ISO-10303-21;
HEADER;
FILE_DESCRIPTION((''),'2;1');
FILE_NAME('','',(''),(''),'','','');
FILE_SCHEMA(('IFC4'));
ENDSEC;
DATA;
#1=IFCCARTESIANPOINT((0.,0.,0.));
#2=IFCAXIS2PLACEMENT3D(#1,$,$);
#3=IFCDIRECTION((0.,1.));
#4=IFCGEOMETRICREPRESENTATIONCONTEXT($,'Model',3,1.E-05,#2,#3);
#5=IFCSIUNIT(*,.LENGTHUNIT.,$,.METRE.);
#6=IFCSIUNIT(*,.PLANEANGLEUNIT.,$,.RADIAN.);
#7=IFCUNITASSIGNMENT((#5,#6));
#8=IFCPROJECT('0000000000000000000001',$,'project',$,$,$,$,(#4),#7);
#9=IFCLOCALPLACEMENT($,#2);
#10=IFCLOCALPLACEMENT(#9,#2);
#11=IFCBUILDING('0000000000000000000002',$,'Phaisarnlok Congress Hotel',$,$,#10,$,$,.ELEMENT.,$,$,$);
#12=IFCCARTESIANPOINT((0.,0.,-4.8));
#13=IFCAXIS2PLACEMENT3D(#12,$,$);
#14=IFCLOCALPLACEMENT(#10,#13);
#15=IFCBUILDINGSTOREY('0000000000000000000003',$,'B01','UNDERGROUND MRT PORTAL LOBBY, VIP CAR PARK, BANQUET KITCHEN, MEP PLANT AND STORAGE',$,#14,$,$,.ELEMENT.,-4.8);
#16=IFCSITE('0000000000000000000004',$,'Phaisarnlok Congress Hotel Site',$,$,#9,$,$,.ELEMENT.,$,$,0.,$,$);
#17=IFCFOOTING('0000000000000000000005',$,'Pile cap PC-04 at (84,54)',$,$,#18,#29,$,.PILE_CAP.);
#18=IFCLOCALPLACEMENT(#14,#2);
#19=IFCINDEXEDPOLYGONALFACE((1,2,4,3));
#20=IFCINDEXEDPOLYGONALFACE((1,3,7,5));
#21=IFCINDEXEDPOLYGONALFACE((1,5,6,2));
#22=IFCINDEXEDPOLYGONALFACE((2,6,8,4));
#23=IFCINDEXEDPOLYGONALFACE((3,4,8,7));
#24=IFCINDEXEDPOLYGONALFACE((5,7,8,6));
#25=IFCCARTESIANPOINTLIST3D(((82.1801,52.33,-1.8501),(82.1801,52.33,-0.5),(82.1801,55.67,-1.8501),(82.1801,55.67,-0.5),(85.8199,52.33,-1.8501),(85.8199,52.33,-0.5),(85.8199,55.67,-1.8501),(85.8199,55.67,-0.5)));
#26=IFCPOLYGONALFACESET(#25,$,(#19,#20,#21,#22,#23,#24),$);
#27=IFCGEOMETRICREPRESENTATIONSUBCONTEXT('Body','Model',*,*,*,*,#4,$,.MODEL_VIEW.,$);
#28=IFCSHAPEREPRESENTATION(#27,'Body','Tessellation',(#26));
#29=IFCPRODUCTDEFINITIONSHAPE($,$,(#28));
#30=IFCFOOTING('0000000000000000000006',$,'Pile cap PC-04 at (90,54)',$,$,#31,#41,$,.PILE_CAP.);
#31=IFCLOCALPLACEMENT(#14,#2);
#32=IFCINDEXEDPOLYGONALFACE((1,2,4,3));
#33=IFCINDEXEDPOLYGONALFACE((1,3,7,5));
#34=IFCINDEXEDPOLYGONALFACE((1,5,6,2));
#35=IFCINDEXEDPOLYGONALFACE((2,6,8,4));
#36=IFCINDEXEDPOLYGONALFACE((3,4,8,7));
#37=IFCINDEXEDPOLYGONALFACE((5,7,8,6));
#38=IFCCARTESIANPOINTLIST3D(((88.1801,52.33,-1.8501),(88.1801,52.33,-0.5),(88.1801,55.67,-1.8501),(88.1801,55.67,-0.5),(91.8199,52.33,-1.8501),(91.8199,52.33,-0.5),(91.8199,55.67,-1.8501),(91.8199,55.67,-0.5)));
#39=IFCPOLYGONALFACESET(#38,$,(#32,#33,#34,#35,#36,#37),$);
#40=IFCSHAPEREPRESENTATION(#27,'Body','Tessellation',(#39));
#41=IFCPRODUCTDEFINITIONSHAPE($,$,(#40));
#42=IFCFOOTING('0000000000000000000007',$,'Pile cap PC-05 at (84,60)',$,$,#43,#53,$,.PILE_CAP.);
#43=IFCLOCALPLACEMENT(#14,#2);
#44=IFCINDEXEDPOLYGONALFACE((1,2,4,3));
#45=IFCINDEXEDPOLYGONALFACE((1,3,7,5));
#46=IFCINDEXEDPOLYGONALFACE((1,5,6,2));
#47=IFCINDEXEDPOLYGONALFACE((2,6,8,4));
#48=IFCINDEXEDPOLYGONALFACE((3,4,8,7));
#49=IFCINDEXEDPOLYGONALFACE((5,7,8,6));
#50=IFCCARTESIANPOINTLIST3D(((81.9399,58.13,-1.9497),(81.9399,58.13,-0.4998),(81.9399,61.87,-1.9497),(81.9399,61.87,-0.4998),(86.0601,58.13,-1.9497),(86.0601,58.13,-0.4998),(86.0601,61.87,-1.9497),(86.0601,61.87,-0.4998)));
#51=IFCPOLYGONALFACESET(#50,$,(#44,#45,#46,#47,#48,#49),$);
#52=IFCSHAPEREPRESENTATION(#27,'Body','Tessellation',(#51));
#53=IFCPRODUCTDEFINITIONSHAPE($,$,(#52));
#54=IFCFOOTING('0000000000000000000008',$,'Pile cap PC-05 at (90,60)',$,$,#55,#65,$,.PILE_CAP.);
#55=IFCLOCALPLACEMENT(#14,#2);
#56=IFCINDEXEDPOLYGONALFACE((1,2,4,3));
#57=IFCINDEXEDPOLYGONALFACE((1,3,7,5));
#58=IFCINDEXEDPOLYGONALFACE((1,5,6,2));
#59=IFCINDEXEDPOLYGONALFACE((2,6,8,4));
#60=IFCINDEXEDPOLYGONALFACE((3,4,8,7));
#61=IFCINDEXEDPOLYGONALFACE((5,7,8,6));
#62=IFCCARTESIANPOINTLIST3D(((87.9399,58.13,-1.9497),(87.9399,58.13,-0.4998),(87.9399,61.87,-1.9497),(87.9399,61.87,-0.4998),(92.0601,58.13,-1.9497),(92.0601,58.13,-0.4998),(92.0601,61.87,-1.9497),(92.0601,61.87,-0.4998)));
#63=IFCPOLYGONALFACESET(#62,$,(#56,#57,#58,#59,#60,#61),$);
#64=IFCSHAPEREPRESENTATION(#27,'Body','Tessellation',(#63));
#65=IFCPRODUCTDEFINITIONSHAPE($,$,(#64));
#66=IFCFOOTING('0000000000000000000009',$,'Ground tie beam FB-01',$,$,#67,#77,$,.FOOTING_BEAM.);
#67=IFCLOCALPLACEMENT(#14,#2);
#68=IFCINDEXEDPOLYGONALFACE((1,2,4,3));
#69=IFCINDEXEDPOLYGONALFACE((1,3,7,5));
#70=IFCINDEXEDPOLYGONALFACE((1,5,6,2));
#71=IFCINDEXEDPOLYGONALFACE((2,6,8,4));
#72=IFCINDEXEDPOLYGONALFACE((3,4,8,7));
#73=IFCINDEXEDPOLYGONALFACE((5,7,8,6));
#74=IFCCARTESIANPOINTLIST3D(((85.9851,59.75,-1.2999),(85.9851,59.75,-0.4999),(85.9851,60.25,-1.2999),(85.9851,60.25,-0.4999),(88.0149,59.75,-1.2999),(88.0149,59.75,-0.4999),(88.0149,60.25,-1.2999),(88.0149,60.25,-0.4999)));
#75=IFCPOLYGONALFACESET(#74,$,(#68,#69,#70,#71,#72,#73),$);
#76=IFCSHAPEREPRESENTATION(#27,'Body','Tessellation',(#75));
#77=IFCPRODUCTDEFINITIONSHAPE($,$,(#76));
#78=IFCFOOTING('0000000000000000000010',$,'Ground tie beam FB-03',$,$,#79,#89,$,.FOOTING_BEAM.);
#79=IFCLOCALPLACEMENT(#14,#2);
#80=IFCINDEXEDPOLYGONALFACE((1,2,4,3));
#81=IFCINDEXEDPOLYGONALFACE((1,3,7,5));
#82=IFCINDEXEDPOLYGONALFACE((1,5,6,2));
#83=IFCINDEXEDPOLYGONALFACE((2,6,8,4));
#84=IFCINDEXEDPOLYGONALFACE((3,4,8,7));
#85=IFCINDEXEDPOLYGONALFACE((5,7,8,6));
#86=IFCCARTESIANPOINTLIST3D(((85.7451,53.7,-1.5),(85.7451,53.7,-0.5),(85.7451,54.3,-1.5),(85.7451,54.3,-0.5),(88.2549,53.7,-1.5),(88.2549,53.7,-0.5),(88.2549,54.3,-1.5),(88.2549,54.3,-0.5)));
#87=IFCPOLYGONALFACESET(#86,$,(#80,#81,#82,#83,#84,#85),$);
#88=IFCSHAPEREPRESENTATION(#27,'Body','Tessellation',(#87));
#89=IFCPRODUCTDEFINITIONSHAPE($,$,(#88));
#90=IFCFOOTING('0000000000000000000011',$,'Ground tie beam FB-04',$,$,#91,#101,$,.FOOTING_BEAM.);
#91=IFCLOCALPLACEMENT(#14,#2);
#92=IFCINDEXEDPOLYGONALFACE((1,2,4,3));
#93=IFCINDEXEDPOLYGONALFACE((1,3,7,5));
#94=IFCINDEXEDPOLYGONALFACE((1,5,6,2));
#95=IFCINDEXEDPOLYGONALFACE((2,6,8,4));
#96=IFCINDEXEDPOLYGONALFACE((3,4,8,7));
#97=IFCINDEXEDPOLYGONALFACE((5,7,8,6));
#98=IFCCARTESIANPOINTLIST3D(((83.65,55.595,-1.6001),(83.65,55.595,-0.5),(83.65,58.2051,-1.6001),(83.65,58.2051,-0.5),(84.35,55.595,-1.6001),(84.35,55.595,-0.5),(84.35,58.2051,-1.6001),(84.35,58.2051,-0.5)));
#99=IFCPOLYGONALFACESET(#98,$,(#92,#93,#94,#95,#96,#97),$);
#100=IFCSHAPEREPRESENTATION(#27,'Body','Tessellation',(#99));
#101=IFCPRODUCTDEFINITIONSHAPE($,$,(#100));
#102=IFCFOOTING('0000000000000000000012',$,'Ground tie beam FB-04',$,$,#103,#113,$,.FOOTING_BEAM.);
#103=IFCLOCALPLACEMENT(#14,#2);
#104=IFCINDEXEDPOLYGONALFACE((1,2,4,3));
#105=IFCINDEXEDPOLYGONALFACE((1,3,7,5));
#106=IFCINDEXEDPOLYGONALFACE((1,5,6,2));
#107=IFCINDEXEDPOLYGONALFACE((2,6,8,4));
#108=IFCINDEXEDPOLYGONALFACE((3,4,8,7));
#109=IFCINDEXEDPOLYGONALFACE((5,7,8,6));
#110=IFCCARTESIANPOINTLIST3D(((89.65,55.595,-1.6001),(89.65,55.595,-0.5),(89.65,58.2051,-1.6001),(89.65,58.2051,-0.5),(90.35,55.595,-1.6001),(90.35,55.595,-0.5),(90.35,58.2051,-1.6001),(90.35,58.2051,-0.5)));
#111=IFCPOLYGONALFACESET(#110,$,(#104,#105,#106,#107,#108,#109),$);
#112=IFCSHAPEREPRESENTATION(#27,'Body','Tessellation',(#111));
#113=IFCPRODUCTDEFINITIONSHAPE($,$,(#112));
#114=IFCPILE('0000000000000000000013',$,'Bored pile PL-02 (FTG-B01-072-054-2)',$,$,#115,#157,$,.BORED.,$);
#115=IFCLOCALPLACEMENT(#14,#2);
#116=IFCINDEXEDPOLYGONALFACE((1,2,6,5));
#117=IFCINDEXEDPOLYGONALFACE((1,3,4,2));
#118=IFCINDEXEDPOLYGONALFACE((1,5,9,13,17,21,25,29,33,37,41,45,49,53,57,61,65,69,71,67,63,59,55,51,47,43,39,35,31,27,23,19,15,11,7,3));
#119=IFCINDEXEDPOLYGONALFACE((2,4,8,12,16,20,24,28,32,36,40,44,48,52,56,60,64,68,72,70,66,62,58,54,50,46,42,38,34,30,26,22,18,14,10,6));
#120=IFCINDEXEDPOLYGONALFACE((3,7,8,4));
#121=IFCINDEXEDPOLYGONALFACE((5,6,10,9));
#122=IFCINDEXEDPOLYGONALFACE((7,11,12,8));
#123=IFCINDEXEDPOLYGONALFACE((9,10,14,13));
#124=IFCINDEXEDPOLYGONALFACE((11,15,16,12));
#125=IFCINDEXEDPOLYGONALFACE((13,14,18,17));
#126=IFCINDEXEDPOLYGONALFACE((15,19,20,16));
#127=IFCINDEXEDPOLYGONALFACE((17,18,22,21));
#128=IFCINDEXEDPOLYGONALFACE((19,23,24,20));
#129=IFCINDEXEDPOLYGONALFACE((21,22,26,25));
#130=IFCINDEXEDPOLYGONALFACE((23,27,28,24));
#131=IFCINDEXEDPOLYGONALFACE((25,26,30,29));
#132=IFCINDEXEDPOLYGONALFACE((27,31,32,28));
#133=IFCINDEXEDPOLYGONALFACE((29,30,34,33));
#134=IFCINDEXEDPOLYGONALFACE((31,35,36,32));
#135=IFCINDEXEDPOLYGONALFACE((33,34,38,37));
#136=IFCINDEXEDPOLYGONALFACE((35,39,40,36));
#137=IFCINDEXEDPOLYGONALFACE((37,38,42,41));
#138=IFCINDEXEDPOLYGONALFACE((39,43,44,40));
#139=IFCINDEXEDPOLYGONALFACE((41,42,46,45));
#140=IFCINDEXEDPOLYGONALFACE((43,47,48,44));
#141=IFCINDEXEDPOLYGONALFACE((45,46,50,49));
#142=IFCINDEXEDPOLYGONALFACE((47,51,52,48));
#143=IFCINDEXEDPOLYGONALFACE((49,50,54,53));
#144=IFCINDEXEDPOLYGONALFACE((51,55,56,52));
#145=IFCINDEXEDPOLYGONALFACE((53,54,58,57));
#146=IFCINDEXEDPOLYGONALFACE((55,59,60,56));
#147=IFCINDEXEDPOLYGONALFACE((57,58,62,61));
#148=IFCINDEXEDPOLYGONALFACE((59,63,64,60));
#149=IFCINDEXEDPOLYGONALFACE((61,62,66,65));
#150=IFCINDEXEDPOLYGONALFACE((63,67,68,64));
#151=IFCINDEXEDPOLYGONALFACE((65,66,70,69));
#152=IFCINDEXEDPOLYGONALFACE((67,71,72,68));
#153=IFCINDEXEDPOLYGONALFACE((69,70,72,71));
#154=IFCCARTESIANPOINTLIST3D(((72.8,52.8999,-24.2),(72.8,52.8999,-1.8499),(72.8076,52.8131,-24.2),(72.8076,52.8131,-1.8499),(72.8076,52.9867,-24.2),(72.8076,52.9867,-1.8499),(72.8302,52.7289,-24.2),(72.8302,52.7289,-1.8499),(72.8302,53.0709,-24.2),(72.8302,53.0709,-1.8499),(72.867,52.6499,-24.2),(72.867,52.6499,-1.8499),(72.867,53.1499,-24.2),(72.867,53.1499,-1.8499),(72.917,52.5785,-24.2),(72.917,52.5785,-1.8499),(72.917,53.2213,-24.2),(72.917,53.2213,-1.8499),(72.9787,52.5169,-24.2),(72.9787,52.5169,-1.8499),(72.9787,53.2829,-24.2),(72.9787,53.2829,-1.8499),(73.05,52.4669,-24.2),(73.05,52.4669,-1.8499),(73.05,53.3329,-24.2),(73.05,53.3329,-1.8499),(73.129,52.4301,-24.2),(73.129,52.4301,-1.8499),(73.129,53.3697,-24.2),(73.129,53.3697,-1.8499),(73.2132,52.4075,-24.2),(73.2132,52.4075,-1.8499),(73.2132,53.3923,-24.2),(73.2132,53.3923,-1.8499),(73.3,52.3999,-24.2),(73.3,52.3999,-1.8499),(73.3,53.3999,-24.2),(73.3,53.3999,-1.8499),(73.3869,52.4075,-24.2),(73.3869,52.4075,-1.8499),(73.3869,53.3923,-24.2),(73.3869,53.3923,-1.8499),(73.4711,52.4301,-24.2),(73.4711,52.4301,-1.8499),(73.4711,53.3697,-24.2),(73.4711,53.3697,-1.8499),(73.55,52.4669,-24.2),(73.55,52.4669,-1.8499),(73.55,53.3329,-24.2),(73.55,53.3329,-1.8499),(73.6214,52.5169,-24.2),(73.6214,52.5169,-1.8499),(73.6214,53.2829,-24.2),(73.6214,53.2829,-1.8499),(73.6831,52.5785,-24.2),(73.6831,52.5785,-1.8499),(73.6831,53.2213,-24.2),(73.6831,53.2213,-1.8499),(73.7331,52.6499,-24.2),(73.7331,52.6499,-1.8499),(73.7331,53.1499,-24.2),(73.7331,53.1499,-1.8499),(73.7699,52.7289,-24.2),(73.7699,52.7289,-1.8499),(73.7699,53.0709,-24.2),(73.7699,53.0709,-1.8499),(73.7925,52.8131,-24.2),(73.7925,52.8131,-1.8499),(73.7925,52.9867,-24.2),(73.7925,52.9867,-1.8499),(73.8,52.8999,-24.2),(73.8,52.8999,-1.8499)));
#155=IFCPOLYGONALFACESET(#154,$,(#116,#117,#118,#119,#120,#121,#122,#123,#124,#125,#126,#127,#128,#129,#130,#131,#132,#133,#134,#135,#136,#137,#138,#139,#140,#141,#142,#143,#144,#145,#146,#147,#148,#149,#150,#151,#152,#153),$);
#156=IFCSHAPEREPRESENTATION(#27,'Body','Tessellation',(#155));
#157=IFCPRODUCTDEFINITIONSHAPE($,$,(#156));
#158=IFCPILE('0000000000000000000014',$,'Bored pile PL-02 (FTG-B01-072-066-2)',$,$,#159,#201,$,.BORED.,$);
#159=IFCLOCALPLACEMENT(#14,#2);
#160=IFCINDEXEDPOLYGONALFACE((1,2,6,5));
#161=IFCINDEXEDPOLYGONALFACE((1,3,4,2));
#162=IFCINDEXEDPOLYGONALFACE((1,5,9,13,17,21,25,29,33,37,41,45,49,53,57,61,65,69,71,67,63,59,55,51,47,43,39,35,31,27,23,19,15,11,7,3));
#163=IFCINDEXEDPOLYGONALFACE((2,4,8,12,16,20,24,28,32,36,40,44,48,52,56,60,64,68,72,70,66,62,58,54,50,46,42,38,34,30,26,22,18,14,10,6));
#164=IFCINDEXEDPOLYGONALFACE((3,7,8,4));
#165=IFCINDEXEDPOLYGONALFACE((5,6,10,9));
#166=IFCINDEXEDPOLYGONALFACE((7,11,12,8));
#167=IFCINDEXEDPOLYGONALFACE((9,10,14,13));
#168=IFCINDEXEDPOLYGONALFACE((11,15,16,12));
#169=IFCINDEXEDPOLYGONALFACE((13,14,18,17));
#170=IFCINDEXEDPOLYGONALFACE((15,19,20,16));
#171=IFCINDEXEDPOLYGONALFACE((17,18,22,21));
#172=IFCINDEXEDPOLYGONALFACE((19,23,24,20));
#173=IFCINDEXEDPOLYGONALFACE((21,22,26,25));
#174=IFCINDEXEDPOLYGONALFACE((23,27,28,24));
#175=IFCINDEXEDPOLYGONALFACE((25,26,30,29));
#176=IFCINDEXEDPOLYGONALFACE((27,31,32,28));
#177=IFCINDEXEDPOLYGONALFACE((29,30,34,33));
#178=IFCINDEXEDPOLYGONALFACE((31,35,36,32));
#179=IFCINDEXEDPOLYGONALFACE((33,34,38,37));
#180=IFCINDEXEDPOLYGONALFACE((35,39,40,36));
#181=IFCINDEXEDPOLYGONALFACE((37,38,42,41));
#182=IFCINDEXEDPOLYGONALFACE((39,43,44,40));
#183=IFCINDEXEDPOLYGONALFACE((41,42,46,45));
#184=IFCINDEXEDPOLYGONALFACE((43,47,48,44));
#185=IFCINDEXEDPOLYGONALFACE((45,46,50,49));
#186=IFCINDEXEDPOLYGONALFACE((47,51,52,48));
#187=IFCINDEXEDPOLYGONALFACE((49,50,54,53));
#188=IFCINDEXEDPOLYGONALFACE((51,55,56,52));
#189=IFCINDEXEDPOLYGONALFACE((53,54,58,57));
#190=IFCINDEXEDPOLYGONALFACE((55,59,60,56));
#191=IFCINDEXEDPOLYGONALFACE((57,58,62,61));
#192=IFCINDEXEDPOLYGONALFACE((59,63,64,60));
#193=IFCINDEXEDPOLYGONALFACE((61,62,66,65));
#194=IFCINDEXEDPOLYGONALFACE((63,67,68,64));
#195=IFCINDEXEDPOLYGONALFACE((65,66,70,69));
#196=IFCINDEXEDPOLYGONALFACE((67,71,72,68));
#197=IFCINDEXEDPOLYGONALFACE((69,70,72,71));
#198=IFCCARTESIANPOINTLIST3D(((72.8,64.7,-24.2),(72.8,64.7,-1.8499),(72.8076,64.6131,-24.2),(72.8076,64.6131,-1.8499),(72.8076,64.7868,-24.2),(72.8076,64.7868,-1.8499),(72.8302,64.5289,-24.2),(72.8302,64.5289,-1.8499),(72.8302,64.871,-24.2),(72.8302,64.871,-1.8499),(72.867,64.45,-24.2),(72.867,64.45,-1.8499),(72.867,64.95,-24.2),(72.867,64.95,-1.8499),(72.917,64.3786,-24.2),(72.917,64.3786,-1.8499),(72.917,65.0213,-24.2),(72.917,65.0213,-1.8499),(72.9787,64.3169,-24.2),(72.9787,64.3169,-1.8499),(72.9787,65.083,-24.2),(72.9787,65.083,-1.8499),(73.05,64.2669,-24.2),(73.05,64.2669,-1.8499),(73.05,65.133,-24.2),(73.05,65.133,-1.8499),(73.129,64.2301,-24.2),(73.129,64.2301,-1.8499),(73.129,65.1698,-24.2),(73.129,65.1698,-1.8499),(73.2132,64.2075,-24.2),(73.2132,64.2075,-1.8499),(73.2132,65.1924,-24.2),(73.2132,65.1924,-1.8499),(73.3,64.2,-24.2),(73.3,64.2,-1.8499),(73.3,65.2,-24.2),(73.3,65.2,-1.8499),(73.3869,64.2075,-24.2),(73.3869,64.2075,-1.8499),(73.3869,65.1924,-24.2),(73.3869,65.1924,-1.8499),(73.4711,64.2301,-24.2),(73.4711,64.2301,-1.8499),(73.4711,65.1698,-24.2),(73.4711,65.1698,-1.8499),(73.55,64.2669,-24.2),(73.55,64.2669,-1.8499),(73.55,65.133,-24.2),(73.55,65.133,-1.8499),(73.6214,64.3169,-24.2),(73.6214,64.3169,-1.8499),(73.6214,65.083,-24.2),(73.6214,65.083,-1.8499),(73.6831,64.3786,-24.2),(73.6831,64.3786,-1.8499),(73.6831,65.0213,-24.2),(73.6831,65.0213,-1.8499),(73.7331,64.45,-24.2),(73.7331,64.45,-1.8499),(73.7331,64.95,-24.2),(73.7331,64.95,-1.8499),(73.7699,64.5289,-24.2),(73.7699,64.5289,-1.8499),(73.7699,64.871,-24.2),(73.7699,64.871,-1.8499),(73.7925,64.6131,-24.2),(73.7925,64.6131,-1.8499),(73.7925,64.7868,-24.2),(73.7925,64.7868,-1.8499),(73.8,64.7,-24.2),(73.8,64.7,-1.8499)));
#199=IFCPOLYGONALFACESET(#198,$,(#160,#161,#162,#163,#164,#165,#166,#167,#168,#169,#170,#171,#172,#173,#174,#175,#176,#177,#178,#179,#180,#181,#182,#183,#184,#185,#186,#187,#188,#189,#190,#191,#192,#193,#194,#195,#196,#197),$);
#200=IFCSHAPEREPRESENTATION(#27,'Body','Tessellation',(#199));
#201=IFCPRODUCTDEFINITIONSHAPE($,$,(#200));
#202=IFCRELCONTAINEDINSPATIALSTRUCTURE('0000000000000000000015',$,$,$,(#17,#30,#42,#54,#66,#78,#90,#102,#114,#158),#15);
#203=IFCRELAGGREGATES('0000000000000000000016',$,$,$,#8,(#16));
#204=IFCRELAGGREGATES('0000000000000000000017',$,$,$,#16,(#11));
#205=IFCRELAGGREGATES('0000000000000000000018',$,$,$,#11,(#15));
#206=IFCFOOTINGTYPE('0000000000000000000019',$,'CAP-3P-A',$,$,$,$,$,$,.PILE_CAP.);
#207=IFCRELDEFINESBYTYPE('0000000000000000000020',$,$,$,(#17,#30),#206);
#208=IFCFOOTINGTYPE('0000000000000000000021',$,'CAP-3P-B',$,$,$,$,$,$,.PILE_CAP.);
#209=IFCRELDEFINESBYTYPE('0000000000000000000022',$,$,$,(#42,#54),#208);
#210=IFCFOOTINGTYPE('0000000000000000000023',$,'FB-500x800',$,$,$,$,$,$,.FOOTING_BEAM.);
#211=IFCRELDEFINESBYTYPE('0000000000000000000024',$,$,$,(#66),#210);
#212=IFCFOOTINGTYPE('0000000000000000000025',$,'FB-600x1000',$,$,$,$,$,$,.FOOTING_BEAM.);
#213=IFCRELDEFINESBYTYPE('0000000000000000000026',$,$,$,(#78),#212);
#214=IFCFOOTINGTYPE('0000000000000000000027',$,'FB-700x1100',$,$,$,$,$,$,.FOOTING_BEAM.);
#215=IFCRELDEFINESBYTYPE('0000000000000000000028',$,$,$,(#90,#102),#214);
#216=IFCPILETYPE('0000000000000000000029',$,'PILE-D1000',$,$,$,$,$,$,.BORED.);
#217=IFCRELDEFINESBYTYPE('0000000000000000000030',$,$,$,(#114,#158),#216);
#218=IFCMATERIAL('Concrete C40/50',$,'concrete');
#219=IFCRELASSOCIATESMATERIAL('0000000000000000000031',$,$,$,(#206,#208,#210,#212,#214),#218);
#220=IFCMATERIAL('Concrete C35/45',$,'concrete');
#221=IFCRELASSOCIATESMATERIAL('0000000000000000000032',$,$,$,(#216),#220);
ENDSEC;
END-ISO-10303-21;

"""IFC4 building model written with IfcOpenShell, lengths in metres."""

from ifc_helpers import new_model, si_unit, direction, frame, origin, origin_2d, place, context, subcontext, project, spatial, rectangle, circle, extrude, material, material_profile, profile_set, type_object, element, save


model = new_model("IFC4")

# Units and contexts
model_context = context("Model", 3, precision=1e-05, world=origin(), true_north=direction((0.0, 1.0)))
body_context = subcontext(model_context, "Body", "Model", "MODEL_VIEW")
ifc_project = project(units=[si_unit("LENGTHUNIT", "METRE"), si_unit("PLANEANGLEUNIT", "RADIAN")], contexts=[model_context])

# Site, building, storey
site_placement = place(None, origin())
site = spatial("IfcSite", under=ifc_project, at=site_placement, Name="Phaisarnlok Congress Hotel Site", CompositionType="ELEMENT", RefElevation=0.0)
building_placement = place(site_placement, origin())
building = spatial("IfcBuilding", under=site, at=building_placement, Name="Phaisarnlok Congress Hotel", CompositionType="ELEMENT")
storey_placement = place(building_placement, frame((0.0, 0.0, -4.8)))
storey = spatial("IfcBuildingStorey", under=building, at=storey_placement, Name="B01", Description="UNDERGROUND MRT PORTAL LOBBY, VIP CAR PARK, BANQUET KITCHEN, MEP PLANT AND STORAGE", CompositionType="ELEMENT", Elevation=-4.8)

# Footings
ifc_material_1 = material(Name="Concrete C40/50", Category="concrete")
footing_type_1 = type_object("IfcFootingType", Name="CAP-3P-A", PredefinedType="PILE_CAP", material=ifc_material_1)
for number, where, z_axis, x_axis, name in (
    (1, (84.0, 54.0, -1.8501), (0.0, 0.0, 1.0), (1.0, 0.0, 0.0), "Pile cap PC-04 at (84,54)"),
    (2, (90.0, 54.0, -1.8501), (0.0, 0.0, 1.0), (1.0, 0.0, 0.0), "Pile cap PC-04 at (90,54)"),
):
    element("IfcFooting", number, at=place(storey_placement, frame(where, z_axis=z_axis, x_axis=x_axis)), inside=storey, type_object=footing_type_1, Name=name, PredefinedType="PILE_CAP", context=body_context, shape_type="SweptSolid", body=[
        extrude(rectangle(XDim=3.6399, YDim=3.3401, at=origin_2d()), origin(), (0.0, 0.0, 1.0), 1.3501),
    ])
footing_type_2 = type_object("IfcFootingType", Name="CAP-3P-B", PredefinedType="PILE_CAP", material=ifc_material_1)
for number, where, z_axis, x_axis, name in (
    (3, (84.0, 60.0, -1.9497), (0.0, 0.0, 1.0), (1.0, 0.0, 0.0), "Pile cap PC-05 at (84,60)"),
    (4, (90.0, 60.0, -1.9497), (0.0, 0.0, 1.0), (1.0, 0.0, 0.0), "Pile cap PC-05 at (90,60)"),
):
    element("IfcFooting", number, at=place(storey_placement, frame(where, z_axis=z_axis, x_axis=x_axis)), inside=storey, type_object=footing_type_2, Name=name, PredefinedType="PILE_CAP", context=body_context, shape_type="SweptSolid", body=[
        extrude(rectangle(XDim=4.1201, YDim=3.74, at=origin_2d()), origin(), (0.0, 0.0, 1.0), 1.45),
    ])
ifc_material_profile_1 = material_profile(ifc_material_1, rectangle(XDim=0.5, YDim=0.8, at=origin_2d()), Name="FB-500x800")
ifc_profile_set_1 = profile_set([ifc_material_profile_1], Name="Concrete C40/50")
footing_type_3 = type_object("IfcFootingType", Name="FB-500x800", PredefinedType="FOOTING_BEAM", material=ifc_profile_set_1)
footing_1_placement = place(storey_placement, frame((85.9851, 60.0, -0.8999), z_axis=(1.0, 0.0, 0.0), x_axis=(0.0, 1.0, 0.0)))
element("IfcFooting", 5, at=footing_1_placement, inside=storey, type_object=footing_type_3, Name="Ground tie beam FB-01", PredefinedType="FOOTING_BEAM", context=body_context, shape_type="SweptSolid", body=[
    extrude(rectangle(XDim=0.5, YDim=0.8, at=origin_2d()), origin(), (0.0, 0.0, 1.0), 2.0298),
])
ifc_material_profile_2 = material_profile(ifc_material_1, rectangle(XDim=0.6001, YDim=1.0, at=origin_2d()), Name="FB-600x1000")
ifc_profile_set_2 = profile_set([ifc_material_profile_2], Name="Concrete C40/50")
footing_type_4 = type_object("IfcFootingType", Name="FB-600x1000", PredefinedType="FOOTING_BEAM", material=ifc_profile_set_2)
footing_2_placement = place(storey_placement, frame((85.7451, 54.0, -1.0), z_axis=(1.0, 0.0, 0.0), x_axis=(0.0, 1.0, 0.0)))
element("IfcFooting", 6, at=footing_2_placement, inside=storey, type_object=footing_type_4, Name="Ground tie beam FB-03", PredefinedType="FOOTING_BEAM", context=body_context, shape_type="SweptSolid", body=[
    extrude(rectangle(XDim=0.6001, YDim=1.0, at=origin_2d()), origin(), (0.0, 0.0, 1.0), 2.5098),
])
ifc_material_profile_3 = material_profile(ifc_material_1, rectangle(XDim=0.7, YDim=1.1001, at=origin_2d()), Name="FB-700x1100")
ifc_profile_set_3 = profile_set([ifc_material_profile_3], Name="Concrete C40/50")
footing_type_5 = type_object("IfcFootingType", Name="FB-700x1100", PredefinedType="FOOTING_BEAM", material=ifc_profile_set_3)
for number, where, z_axis, x_axis, name in (
    (7, (84.0, 55.595, -1.05), (0.0, 1.0, 0.0), (-1.0, 0.0, 0.0), "Ground tie beam FB-04"),
    (8, (90.0, 55.595, -1.05), (0.0, 1.0, 0.0), (-1.0, 0.0, 0.0), "Ground tie beam FB-04"),
):
    element("IfcFooting", number, at=place(storey_placement, frame(where, z_axis=z_axis, x_axis=x_axis)), inside=storey, type_object=footing_type_5, Name=name, PredefinedType="FOOTING_BEAM", context=body_context, shape_type="SweptSolid", body=[
        extrude(rectangle(XDim=0.7, YDim=1.1001, at=origin_2d()), origin(), (0.0, 0.0, 1.0), 2.6101),
    ])

# Piles
ifc_material_2 = material(Name="Concrete C35/45", Category="concrete")
ifc_material_profile_4 = material_profile(ifc_material_2, circle(Radius=0.5, at=origin_2d()), Name="BORED PILE D1000")
ifc_profile_set_4 = profile_set([ifc_material_profile_4], Name="Concrete C35/45")
pile_type_1 = type_object("IfcPileType", Name="PILE-D1000", PredefinedType="BORED", material=ifc_profile_set_4)
for number, where, z_axis, x_axis, name in (
    (9, (73.3, 52.8999, -1.8499), (0.0, 0.0, -1.0), (1.0, 0.0, 0.0), "Bored pile PL-02 (FTG-B01-072-054-2)"),
    (10, (73.3, 64.7, -1.8499), (0.0, 0.0, -1.0), (1.0, 0.0, 0.0), "Bored pile PL-02 (FTG-B01-072-066-2)"),
):
    element("IfcPile", number, at=place(storey_placement, frame(where, z_axis=z_axis, x_axis=x_axis)), inside=storey, type_object=pile_type_1, Name=name, PredefinedType="BORED", context=body_context, shape_type="SweptSolid", body=[
        extrude(circle(Radius=0.5, at=origin_2d()), origin(), (0.0, 0.0, 1.0), 22.3501),
    ])

save(model, "model.ifc")
